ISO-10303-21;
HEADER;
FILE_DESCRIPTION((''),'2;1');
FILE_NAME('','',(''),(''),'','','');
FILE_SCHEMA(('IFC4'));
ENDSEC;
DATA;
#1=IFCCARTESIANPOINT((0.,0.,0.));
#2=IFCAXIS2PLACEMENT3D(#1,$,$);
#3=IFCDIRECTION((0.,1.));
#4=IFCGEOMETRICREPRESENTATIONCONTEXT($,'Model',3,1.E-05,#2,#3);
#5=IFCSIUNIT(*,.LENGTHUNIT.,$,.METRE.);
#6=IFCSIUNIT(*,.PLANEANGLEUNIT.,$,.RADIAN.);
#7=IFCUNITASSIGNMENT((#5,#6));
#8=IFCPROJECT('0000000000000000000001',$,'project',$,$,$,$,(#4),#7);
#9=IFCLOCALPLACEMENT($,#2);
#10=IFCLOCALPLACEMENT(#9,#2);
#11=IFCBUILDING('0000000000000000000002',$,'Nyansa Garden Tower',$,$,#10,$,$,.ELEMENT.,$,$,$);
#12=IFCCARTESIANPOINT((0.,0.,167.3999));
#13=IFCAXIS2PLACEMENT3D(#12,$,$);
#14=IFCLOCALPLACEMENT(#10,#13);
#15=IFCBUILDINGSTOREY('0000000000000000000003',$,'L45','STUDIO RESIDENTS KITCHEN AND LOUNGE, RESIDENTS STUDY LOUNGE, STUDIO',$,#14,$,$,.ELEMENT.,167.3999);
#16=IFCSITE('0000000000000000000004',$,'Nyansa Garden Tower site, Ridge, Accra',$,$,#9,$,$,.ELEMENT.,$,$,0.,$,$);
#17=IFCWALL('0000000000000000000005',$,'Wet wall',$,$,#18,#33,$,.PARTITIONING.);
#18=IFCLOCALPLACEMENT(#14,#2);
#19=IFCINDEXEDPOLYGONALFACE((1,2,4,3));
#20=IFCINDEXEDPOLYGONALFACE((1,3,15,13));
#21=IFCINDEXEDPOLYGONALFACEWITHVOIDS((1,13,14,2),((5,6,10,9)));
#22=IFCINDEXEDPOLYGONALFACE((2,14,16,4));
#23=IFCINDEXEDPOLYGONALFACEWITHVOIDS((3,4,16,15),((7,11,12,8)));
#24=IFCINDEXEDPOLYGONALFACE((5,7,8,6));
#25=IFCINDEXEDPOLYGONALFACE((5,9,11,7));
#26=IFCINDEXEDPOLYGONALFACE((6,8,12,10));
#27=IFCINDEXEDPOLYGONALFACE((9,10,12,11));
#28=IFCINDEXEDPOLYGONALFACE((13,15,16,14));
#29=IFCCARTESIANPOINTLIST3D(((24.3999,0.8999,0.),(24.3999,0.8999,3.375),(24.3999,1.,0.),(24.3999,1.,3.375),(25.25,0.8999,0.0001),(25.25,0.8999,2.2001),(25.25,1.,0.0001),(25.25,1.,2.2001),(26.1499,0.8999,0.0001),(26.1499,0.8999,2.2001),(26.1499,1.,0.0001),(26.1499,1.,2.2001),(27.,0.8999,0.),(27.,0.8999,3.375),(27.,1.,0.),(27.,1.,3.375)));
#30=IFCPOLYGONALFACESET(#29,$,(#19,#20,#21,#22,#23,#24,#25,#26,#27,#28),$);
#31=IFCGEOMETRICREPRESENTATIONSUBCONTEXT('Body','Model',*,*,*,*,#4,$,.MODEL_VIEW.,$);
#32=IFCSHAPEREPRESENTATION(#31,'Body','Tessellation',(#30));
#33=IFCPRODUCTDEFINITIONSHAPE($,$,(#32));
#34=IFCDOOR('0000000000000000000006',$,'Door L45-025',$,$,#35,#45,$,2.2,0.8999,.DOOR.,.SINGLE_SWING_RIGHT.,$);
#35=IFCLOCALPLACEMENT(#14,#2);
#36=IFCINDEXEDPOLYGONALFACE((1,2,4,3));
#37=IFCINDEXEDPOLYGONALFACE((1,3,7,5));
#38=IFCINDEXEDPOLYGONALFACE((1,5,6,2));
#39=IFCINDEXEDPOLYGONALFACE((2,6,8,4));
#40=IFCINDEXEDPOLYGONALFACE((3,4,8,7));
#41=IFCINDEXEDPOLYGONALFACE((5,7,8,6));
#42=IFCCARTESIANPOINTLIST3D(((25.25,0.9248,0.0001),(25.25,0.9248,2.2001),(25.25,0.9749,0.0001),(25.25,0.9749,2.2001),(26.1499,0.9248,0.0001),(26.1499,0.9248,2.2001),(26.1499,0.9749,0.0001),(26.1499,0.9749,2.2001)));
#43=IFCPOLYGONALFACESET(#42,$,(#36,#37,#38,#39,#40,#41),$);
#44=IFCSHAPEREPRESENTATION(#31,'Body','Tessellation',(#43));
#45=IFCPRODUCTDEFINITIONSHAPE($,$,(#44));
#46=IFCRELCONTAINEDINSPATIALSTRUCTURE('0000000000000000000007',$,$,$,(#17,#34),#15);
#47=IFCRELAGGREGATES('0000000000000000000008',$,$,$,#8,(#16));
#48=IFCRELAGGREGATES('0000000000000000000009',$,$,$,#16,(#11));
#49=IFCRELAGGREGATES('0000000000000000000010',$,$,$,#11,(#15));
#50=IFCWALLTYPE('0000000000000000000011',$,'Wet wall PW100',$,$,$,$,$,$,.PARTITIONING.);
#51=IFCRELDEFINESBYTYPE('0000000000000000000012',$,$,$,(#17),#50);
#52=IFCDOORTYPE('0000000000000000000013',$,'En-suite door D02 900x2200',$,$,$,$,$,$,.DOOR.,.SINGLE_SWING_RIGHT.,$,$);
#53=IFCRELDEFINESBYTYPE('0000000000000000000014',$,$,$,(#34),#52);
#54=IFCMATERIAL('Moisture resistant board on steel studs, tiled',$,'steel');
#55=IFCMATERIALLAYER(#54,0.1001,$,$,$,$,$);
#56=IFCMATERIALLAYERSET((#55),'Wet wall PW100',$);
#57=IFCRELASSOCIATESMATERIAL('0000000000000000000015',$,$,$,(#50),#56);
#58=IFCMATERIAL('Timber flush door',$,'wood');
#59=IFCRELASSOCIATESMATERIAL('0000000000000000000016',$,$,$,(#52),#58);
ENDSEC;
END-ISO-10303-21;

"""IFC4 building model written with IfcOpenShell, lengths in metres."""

from ifc_helpers import new_model, si_unit, direction, frame, frame_2d, origin, place, context, subcontext, project, spatial, rectangle, extrude, material, layer, layer_set, type_object, element, fill, save


model = new_model("IFC4")

# Units and contexts
model_context = context("Model", 3, precision=1e-05, world=origin(), true_north=direction((0.0, 1.0)))
body_context = subcontext(model_context, "Body", "Model", "MODEL_VIEW")
ifc_project = project(units=[si_unit("LENGTHUNIT", "METRE"), si_unit("PLANEANGLEUNIT", "RADIAN")], contexts=[model_context])

# Site, building, storey
site_placement = place(None, origin())
site = spatial("IfcSite", under=ifc_project, at=site_placement, Name="Nyansa Garden Tower site, Ridge, Accra", CompositionType="ELEMENT", RefElevation=0.0)
building_placement = place(site_placement, origin())
building = spatial("IfcBuilding", under=site, at=building_placement, Name="Nyansa Garden Tower", CompositionType="ELEMENT")
storey_placement = place(building_placement, frame((0.0, 0.0, 167.3999)))
storey = spatial("IfcBuildingStorey", under=building, at=storey_placement, Name="L45", Description="STUDIO RESIDENTS KITCHEN AND LOUNGE, RESIDENTS STUDY LOUNGE, STUDIO", CompositionType="ELEMENT", Elevation=167.3999)

# Shared definitions
ifc_material_1 = material(Name="Moisture resistant board on steel studs, tiled", Category="steel")
ifc_layer_1 = layer(ifc_material_1, 0.1001)
ifc_layer_set_1 = layer_set([ifc_layer_1], Name="Wet wall PW100")
wall_type_1 = type_object("IfcWallType", Name="Wet wall PW100", PredefinedType="PARTITIONING", material=ifc_layer_set_1)

# Shared definitions
ifc_material_2 = material(Name="Timber flush door", Category="wood")
door_type = type_object("IfcDoorType", Name="En-suite door D02 900x2200", OperationType="SINGLE_SWING_RIGHT", PredefinedType="DOOR", material=ifc_material_2)

# Wall, opening, door
wall_1_placement = place(storey_placement, frame((24.3999, 0.95, 0.0), z_axis=(0.0, 0.0, 1.0), x_axis=(1.0, 0.0, 0.0)))
wall_1 = element("IfcWall", 1, at=wall_1_placement, inside=storey, type_object=wall_type_1, Name="Wet wall", PredefinedType="PARTITIONING", context=body_context, shape_type="SweptSolid", body=[
    extrude(rectangle(XDim=2.6001, YDim=0.1001, at=frame_2d((1.3, 0.0))), origin(), (0.0, 0.0, 1.0), 3.375),
])
opening_1_placement = place(wall_1_placement, frame((0.8501, 0.0, 0.0)))
opening_1 = element("IfcOpeningElement", 2, at=opening_1_placement, cuts=wall_1, PredefinedType="OPENING", context=body_context, shape_type="SweptSolid", body=[
    extrude(rectangle(XDim=0.8999, YDim=2.2, at=frame_2d((0.45, 1.1001))), frame((0.0, 0.0601, 0.0), z_axis=(0.0, -1.0, 0.0), x_axis=(1.0, 0.0, 0.0)), (0.0, 0.0, 1.0), 0.1201),
])
door_1_placement = place(opening_1_placement, origin())
door_1 = element("IfcDoor", 3, at=door_1_placement, inside=storey, type_object=door_type, Name="Door L45-025", OperationType="SINGLE_SWING_RIGHT", OverallHeight=2.2, OverallWidth=0.8999, PredefinedType="DOOR", context=body_context, shape_type="SweptSolid", body=[
    extrude(rectangle(XDim=0.8999, YDim=2.2, at=frame_2d((0.45, 1.1001))), frame((0.0, 0.0249, 0.0), z_axis=(0.0, -1.0, 0.0), x_axis=(1.0, 0.0, 0.0)), (0.0, 0.0, 1.0), 0.05),
])
fill(opening_1, door_1)

save(model, "model.ifc")
